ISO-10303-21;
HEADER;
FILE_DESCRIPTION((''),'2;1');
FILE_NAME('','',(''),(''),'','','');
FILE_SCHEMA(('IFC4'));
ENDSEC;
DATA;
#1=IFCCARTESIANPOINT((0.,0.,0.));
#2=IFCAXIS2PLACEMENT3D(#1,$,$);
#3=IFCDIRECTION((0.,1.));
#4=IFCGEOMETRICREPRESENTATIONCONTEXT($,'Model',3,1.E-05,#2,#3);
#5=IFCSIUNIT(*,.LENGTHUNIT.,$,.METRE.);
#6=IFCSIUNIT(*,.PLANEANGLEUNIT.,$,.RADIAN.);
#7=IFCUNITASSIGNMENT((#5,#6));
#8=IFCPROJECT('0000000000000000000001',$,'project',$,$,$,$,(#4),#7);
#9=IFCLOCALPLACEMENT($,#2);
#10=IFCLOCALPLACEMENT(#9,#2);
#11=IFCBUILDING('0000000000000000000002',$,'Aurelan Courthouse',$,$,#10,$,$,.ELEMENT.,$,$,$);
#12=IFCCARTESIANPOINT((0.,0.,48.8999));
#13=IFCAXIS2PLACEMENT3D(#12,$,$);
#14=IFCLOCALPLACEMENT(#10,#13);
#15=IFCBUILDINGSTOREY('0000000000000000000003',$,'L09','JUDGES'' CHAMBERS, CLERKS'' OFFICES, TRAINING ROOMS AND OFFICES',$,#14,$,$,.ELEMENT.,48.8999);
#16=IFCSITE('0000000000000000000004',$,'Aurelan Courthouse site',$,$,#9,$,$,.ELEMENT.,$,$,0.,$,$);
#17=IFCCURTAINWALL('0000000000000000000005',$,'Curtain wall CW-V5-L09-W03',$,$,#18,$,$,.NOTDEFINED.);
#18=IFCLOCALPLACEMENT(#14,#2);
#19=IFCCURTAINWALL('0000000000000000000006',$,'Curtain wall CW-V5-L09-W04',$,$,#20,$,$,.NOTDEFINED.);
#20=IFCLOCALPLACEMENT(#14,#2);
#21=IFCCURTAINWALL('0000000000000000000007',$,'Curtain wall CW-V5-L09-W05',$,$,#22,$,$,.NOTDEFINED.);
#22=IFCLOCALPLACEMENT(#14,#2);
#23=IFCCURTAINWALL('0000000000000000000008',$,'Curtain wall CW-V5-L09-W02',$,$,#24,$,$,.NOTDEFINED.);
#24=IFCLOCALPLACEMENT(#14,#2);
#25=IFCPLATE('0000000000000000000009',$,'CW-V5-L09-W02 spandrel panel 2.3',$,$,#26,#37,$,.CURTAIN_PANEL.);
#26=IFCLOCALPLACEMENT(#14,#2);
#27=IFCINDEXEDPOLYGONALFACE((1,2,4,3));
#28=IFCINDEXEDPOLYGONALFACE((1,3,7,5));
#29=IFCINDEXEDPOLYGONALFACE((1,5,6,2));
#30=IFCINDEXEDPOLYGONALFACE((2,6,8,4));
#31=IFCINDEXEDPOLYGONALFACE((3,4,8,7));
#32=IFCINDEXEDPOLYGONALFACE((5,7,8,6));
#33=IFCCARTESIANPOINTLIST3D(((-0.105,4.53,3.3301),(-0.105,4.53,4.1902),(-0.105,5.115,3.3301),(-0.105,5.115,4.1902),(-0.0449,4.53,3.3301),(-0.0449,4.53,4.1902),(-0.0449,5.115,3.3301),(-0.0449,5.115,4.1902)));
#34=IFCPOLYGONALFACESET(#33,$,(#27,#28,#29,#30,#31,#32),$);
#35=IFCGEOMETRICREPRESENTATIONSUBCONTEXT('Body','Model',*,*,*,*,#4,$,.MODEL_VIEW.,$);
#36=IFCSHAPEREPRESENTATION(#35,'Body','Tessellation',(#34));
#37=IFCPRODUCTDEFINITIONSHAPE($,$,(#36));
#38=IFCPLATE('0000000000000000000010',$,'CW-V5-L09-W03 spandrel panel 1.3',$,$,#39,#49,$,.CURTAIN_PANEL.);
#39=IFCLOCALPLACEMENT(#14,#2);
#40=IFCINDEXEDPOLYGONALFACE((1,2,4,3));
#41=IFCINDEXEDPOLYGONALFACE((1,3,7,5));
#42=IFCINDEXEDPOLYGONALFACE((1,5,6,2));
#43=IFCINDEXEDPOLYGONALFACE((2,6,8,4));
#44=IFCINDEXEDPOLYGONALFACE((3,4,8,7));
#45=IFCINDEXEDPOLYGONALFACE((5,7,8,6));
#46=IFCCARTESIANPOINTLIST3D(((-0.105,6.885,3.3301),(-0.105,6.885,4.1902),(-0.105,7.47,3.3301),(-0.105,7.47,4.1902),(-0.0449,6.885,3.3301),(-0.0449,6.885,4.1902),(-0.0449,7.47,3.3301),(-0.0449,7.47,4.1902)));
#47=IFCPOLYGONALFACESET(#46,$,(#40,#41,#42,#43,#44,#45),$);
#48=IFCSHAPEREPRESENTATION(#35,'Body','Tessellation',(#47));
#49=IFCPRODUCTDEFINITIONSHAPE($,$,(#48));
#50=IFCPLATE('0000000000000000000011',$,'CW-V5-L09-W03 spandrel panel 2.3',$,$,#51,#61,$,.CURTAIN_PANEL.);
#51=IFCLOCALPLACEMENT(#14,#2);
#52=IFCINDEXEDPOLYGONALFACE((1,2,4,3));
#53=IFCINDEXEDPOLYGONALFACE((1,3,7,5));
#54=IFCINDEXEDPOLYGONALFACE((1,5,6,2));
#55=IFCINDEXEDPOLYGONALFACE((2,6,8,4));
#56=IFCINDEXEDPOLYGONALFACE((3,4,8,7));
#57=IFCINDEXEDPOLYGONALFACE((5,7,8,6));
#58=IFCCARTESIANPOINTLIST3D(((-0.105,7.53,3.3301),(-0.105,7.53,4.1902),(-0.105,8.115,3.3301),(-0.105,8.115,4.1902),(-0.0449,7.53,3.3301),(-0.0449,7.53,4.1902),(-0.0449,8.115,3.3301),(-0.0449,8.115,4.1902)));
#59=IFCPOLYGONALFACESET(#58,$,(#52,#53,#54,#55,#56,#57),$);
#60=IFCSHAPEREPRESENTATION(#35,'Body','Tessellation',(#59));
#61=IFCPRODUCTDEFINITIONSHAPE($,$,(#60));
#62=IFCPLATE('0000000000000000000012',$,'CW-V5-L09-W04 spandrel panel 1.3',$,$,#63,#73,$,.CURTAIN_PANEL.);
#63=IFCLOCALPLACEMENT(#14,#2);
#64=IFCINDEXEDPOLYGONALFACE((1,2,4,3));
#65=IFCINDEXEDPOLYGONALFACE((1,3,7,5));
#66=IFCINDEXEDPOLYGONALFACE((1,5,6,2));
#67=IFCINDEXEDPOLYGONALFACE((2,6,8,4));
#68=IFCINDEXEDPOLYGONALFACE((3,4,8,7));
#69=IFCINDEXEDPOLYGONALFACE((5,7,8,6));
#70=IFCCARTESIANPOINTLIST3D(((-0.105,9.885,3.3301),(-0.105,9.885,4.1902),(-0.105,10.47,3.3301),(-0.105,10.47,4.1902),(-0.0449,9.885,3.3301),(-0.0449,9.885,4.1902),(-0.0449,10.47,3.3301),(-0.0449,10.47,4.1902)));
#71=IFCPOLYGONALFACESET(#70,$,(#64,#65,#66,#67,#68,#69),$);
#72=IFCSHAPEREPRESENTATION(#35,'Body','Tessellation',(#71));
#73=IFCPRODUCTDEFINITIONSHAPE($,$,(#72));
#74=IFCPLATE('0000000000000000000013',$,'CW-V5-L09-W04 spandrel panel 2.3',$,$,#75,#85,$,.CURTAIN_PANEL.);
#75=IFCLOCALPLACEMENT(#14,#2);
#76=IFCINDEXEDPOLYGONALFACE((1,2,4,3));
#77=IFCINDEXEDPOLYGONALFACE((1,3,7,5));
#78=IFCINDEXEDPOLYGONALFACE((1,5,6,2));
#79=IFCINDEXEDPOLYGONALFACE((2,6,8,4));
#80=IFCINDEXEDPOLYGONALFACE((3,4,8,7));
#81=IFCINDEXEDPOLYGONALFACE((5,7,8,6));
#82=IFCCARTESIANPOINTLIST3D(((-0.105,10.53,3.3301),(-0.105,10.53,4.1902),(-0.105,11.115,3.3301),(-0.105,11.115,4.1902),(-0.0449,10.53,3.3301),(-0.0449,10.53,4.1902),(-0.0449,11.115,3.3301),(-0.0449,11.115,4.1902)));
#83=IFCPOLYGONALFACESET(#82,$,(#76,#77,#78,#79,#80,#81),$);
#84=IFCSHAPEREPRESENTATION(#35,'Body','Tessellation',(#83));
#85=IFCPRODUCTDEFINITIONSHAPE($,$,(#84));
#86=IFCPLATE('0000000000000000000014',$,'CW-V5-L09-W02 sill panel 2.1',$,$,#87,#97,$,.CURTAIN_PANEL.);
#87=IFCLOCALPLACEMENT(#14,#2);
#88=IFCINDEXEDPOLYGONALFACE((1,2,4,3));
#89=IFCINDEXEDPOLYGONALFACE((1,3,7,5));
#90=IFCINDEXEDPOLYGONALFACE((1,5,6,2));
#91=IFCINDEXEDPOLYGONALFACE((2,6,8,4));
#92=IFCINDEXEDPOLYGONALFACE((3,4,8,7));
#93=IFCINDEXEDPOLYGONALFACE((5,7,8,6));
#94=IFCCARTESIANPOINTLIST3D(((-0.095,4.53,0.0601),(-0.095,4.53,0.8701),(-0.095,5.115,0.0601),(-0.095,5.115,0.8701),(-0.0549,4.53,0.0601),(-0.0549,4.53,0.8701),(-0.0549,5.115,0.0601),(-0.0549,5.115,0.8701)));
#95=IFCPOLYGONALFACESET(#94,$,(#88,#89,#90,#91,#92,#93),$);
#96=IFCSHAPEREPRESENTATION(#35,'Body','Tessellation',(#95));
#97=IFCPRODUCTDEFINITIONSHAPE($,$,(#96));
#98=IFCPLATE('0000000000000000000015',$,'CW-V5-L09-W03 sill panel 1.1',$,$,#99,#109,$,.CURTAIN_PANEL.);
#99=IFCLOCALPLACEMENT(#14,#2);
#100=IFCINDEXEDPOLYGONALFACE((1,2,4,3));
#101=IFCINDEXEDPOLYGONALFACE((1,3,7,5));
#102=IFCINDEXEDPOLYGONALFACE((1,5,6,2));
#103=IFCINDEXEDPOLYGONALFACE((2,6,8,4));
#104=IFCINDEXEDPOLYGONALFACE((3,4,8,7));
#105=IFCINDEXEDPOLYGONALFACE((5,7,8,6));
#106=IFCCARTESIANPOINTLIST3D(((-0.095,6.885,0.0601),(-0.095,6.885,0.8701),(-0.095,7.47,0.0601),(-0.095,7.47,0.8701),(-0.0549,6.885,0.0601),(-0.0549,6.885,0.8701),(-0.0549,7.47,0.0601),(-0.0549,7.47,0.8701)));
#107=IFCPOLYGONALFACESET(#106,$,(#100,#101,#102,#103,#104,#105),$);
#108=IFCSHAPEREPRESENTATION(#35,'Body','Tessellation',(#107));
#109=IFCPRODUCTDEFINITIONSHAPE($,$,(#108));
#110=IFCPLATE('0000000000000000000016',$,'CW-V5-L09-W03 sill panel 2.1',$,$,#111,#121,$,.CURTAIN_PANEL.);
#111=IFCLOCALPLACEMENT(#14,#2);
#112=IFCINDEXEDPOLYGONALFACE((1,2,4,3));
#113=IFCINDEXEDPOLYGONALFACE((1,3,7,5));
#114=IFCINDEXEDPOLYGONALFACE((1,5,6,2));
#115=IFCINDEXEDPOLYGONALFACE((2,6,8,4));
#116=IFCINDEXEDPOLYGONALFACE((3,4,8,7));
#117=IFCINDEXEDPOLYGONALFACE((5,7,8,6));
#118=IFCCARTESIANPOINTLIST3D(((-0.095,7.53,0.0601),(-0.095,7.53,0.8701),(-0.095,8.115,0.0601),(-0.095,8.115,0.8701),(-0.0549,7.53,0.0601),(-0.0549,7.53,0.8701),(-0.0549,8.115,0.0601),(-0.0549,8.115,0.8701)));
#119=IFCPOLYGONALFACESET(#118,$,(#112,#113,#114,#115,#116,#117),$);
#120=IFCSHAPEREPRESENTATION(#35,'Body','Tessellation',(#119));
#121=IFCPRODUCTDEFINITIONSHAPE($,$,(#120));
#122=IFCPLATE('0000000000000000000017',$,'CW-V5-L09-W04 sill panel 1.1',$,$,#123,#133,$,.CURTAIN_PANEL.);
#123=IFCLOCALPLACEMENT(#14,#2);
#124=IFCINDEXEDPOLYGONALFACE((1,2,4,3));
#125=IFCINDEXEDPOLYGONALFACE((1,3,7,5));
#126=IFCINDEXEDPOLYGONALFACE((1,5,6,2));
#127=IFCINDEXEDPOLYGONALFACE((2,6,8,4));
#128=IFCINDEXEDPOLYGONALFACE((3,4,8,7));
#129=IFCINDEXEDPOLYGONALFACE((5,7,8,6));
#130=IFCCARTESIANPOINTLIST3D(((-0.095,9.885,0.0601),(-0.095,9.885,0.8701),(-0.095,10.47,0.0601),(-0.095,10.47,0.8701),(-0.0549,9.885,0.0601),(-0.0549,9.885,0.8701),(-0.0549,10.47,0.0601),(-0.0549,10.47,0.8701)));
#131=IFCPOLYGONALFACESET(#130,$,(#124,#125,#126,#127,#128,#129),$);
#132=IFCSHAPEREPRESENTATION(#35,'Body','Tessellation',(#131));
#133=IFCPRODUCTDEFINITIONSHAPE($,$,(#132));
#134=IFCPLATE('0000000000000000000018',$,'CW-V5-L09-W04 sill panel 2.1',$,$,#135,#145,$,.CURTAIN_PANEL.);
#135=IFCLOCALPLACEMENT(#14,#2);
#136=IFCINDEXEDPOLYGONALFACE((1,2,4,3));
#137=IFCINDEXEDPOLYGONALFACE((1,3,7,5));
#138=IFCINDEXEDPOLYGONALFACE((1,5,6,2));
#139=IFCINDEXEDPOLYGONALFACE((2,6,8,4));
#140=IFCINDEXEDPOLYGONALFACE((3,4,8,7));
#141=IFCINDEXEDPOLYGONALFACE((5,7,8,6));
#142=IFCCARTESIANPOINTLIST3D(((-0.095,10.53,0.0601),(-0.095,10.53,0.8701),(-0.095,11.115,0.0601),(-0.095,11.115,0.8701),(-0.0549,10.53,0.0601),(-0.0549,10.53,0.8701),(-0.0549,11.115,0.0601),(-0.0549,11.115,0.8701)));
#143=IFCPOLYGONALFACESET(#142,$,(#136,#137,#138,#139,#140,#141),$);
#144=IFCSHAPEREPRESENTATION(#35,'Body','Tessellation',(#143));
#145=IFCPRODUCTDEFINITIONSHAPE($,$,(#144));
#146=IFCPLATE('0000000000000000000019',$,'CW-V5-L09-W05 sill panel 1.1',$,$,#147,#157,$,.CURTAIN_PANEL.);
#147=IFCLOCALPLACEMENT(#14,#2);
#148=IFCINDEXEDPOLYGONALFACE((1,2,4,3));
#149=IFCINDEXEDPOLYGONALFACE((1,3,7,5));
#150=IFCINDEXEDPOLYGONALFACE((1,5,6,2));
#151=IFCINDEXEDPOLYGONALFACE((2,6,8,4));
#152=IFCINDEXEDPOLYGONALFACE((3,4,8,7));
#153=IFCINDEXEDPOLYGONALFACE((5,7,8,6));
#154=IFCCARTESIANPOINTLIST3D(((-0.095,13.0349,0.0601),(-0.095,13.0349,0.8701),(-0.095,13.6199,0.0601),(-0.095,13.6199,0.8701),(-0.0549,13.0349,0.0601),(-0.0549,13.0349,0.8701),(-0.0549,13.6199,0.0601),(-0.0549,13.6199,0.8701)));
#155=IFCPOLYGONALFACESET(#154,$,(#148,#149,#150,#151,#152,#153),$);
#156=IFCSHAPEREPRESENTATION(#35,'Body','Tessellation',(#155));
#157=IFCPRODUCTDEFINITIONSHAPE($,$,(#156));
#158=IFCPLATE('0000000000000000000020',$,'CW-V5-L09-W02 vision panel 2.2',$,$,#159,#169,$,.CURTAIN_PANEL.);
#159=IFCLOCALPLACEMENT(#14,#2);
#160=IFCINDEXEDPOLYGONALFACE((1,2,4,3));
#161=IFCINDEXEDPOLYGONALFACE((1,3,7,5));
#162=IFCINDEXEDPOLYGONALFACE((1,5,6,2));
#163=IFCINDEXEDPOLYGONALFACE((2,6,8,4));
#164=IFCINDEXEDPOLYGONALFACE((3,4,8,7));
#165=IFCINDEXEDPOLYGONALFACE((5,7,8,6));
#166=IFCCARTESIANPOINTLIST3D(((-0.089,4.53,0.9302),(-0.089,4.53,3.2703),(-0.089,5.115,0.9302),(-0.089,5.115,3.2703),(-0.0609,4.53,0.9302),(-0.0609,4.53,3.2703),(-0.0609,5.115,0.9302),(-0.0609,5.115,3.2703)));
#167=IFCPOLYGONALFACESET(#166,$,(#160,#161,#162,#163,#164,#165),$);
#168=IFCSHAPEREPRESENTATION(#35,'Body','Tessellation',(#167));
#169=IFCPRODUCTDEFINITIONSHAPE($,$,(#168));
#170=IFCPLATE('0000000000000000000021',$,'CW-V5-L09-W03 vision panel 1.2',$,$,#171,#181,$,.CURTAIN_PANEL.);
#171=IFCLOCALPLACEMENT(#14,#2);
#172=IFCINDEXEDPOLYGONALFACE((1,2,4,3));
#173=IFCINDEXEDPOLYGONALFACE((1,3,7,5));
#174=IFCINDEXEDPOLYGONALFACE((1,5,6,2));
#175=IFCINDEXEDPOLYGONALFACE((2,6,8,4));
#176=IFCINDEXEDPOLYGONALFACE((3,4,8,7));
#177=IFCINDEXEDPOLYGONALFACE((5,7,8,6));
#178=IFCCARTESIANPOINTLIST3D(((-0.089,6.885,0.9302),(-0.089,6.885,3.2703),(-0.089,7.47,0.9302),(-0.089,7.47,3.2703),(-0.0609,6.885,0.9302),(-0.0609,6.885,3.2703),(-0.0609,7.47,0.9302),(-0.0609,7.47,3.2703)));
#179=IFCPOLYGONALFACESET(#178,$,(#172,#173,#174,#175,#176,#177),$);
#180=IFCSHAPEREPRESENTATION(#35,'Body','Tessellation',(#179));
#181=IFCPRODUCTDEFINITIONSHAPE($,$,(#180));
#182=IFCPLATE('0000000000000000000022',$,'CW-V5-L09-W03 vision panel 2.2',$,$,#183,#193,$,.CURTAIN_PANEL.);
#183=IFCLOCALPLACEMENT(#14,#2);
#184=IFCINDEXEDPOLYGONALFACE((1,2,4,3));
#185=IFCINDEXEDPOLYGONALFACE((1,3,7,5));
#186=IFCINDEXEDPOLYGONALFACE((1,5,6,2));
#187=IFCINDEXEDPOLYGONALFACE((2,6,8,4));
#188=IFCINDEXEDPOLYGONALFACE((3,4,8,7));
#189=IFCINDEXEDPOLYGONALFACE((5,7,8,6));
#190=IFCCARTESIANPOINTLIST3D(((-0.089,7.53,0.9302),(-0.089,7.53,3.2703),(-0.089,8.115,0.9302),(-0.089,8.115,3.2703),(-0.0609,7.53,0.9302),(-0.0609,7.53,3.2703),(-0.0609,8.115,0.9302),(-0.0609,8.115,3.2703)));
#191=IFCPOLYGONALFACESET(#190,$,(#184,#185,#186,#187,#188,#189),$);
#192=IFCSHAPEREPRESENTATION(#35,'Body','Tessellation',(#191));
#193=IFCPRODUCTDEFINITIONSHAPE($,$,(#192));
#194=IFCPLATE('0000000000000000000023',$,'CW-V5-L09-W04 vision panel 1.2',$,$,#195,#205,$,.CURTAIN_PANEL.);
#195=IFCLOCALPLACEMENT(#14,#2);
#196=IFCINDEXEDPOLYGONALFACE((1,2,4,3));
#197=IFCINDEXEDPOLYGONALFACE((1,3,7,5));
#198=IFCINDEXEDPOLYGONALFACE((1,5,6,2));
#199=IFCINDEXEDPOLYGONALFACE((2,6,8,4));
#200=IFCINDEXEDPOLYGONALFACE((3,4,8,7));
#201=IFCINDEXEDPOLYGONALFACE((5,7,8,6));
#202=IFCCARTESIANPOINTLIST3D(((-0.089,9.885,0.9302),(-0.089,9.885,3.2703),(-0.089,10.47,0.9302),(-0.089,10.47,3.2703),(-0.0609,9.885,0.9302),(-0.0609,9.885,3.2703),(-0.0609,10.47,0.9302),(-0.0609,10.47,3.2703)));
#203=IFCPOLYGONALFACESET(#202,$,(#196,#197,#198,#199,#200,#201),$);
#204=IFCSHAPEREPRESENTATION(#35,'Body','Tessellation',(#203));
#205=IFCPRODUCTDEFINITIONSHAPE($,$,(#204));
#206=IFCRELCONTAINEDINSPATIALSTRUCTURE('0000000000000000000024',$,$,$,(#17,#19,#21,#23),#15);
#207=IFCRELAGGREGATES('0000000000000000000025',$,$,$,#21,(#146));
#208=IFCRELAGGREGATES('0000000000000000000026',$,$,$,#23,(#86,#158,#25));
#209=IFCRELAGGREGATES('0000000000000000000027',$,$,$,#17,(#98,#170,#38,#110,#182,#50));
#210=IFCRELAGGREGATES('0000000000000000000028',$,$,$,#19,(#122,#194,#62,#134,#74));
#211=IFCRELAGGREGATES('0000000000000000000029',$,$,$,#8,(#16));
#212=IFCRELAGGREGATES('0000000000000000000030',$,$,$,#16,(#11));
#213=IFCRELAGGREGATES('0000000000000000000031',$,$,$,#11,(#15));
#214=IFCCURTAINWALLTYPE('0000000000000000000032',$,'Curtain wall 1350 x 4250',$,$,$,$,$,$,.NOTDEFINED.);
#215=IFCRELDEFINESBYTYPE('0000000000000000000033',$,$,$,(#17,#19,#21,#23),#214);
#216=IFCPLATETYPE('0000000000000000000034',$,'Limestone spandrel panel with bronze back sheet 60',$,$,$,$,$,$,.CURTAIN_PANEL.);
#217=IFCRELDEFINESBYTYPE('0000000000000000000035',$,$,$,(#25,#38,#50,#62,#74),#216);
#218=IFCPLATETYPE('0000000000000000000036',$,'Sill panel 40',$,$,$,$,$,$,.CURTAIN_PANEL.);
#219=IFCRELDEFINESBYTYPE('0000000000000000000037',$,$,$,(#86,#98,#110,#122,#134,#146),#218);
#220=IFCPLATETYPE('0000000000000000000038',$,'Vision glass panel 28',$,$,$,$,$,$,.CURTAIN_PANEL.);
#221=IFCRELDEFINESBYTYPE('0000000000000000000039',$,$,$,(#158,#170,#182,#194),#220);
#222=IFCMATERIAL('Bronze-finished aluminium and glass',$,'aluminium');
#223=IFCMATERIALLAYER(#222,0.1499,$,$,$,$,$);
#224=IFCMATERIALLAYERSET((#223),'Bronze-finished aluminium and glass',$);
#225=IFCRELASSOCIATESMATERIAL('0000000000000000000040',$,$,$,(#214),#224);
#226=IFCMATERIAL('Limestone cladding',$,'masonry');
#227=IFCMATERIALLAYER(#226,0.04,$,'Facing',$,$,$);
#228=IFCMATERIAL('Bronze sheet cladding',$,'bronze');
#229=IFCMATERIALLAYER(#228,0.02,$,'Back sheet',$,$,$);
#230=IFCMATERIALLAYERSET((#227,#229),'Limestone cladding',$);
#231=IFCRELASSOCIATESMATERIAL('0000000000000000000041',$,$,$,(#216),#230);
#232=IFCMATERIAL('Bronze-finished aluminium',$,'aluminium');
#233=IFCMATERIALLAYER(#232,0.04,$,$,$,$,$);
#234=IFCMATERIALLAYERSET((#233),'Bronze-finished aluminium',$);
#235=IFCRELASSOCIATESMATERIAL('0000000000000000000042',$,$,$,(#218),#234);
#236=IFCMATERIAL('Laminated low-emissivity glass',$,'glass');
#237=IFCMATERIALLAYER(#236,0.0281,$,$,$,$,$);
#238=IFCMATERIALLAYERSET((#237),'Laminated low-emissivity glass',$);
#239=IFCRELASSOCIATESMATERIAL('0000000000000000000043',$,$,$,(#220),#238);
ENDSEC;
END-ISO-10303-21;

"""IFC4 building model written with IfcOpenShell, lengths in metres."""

from ifc_helpers import new_model, si_unit, direction, frame, origin, origin_2d, place, context, subcontext, project, spatial, rectangle, extrude, material, layer, layer_set, type_object, element, aggregate, save


model = new_model("IFC4")

# Units and contexts
model_context = context("Model", 3, precision=1e-05, world=origin(), true_north=direction((0.0, 1.0)))
body_context = subcontext(model_context, "Body", "Model", "MODEL_VIEW")
ifc_project = project(units=[si_unit("LENGTHUNIT", "METRE"), si_unit("PLANEANGLEUNIT", "RADIAN")], contexts=[model_context])

# Site, building, storey
site_placement = place(None, origin())
site = spatial("IfcSite", under=ifc_project, at=site_placement, Name="Aurelan Courthouse site", CompositionType="ELEMENT", RefElevation=0.0)
building_placement = place(site_placement, origin())
building = spatial("IfcBuilding", under=site, at=building_placement, Name="Aurelan Courthouse", CompositionType="ELEMENT")
storey_placement = place(building_placement, frame((0.0, 0.0, 48.8999)))
storey = spatial("IfcBuildingStorey", under=building, at=storey_placement, Name="L09", Description="JUDGES' CHAMBERS, CLERKS' OFFICES, TRAINING ROOMS AND OFFICES", CompositionType="ELEMENT", Elevation=48.8999)

# Curtain walls
ifc_material_1 = material(Name="Bronze-finished aluminium and glass", Category="aluminium")
ifc_layer_1 = layer(ifc_material_1, 0.1499)
ifc_layer_set_1 = layer_set([ifc_layer_1], Name="Bronze-finished aluminium and glass")
curtain_wall_type = type_object("IfcCurtainWallType", Name="Curtain wall 1350 x 4250", PredefinedType="NOTDEFINED", material=ifc_layer_set_1)
curtain_wall_1_placement = place(storey_placement, origin())
curtain_wall_1 = element("IfcCurtainWall", 1, at=curtain_wall_1_placement, inside=storey, type_object=curtain_wall_type, Name="Curtain wall CW-V5-L09-W03", PredefinedType="NOTDEFINED")
ifc_material_2 = material(Name="Bronze-finished aluminium", Category="aluminium")
curtain_wall_2_placement = place(storey_placement, origin())
curtain_wall_2 = element("IfcCurtainWall", 2, at=curtain_wall_2_placement, inside=storey, type_object=curtain_wall_type, Name="Curtain wall CW-V5-L09-W04", PredefinedType="NOTDEFINED")
curtain_wall_3_placement = place(storey_placement, origin())
curtain_wall_3 = element("IfcCurtainWall", 3, at=curtain_wall_3_placement, inside=storey, type_object=curtain_wall_type, Name="Curtain wall CW-V5-L09-W05", PredefinedType="NOTDEFINED")

# Curtain wall, plate
curtain_wall_4_placement = place(storey_placement, origin())
curtain_wall_4 = element("IfcCurtainWall", 4, at=curtain_wall_4_placement, inside=storey, type_object=curtain_wall_type, Name="Curtain wall CW-V5-L09-W02", PredefinedType="NOTDEFINED")
ifc_material_3 = material(Name="Limestone cladding", Category="masonry")
ifc_layer_2 = layer(ifc_material_3, 0.04, Name="Facing")
ifc_material_4 = material(Name="Bronze sheet cladding", Category="bronze")
ifc_layer_3 = layer(ifc_material_4, 0.02, Name="Back sheet")
ifc_layer_set_2 = layer_set([ifc_layer_2, ifc_layer_3], Name="Limestone cladding")
plate_type_1 = type_object("IfcPlateType", Name="Limestone spandrel panel with bronze back sheet 60", PredefinedType="CURTAIN_PANEL", material=ifc_layer_set_2)
plate_1_placement = place(storey_placement, frame((-0.075, 4.8225, 3.3301), z_axis=(0.0, 0.0, 1.0), x_axis=(0.0, 1.0, 0.0)))
plate_1 = element("IfcPlate", 5, at=plate_1_placement, type_object=plate_type_1, Name="CW-V5-L09-W02 spandrel panel 2.3", PredefinedType="CURTAIN_PANEL", context=body_context, shape_type="SweptSolid", body=[
    extrude(rectangle(XDim=0.585, YDim=0.0601, at=origin_2d()), origin(), (0.0, 0.0, 1.0), 0.8601),
])

# Plates
plate_2_placement = place(storey_placement, frame((-0.075, 7.1775, 3.3301), z_axis=(0.0, 0.0, 1.0), x_axis=(0.0, 1.0, 0.0)))
plate_2 = element("IfcPlate", 6, at=plate_2_placement, type_object=plate_type_1, Name="CW-V5-L09-W03 spandrel panel 1.3", PredefinedType="CURTAIN_PANEL", context=body_context, shape_type="SweptSolid", body=[
    extrude(rectangle(XDim=0.585, YDim=0.0601, at=origin_2d()), origin(), (0.0, 0.0, 1.0), 0.8601),
])
plate_3_placement = place(storey_placement, frame((-0.075, 7.8225, 3.3301), z_axis=(0.0, 0.0, 1.0), x_axis=(0.0, 1.0, 0.0)))
plate_3 = element("IfcPlate", 7, at=plate_3_placement, type_object=plate_type_1, Name="CW-V5-L09-W03 spandrel panel 2.3", PredefinedType="CURTAIN_PANEL", context=body_context, shape_type="SweptSolid", body=[
    extrude(rectangle(XDim=0.585, YDim=0.0601, at=origin_2d()), origin(), (0.0, 0.0, 1.0), 0.8601),
])
plate_4_placement = place(storey_placement, frame((-0.075, 10.1775, 3.3301), z_axis=(0.0, 0.0, 1.0), x_axis=(0.0, 1.0, 0.0)))
plate_4 = element("IfcPlate", 8, at=plate_4_placement, type_object=plate_type_1, Name="CW-V5-L09-W04 spandrel panel 1.3", PredefinedType="CURTAIN_PANEL", context=body_context, shape_type="SweptSolid", body=[
    extrude(rectangle(XDim=0.585, YDim=0.0601, at=origin_2d()), origin(), (0.0, 0.0, 1.0), 0.8601),
])
plate_5_placement = place(storey_placement, frame((-0.075, 10.8225, 3.3301), z_axis=(0.0, 0.0, 1.0), x_axis=(0.0, 1.0, 0.0)))
plate_5 = element("IfcPlate", 9, at=plate_5_placement, type_object=plate_type_1, Name="CW-V5-L09-W04 spandrel panel 2.3", PredefinedType="CURTAIN_PANEL", context=body_context, shape_type="SweptSolid", body=[
    extrude(rectangle(XDim=0.585, YDim=0.0601, at=origin_2d()), origin(), (0.0, 0.0, 1.0), 0.8601),
])
ifc_layer_4 = layer(ifc_material_2, 0.04)
ifc_layer_set_3 = layer_set([ifc_layer_4], Name="Bronze-finished aluminium")
plate_type_2 = type_object("IfcPlateType", Name="Sill panel 40", PredefinedType="CURTAIN_PANEL", material=ifc_layer_set_3)
plate_6_placement = place(storey_placement, frame((-0.075, 4.8225, 0.0601), z_axis=(0.0, 0.0, 1.0), x_axis=(0.0, 1.0, 0.0)))
plate_6 = element("IfcPlate", 10, at=plate_6_placement, type_object=plate_type_2, Name="CW-V5-L09-W02 sill panel 2.1", PredefinedType="CURTAIN_PANEL", context=body_context, shape_type="SweptSolid", body=[
    extrude(rectangle(XDim=0.585, YDim=0.04, at=origin_2d()), origin(), (0.0, 0.0, 1.0), 0.8101),
])
plate_7_placement = place(storey_placement, frame((-0.075, 7.1775, 0.0601), z_axis=(0.0, 0.0, 1.0), x_axis=(0.0, 1.0, 0.0)))
plate_7 = element("IfcPlate", 11, at=plate_7_placement, type_object=plate_type_2, Name="CW-V5-L09-W03 sill panel 1.1", PredefinedType="CURTAIN_PANEL", context=body_context, shape_type="SweptSolid", body=[
    extrude(rectangle(XDim=0.585, YDim=0.04, at=origin_2d()), origin(), (0.0, 0.0, 1.0), 0.8101),
])
plate_8_placement = place(storey_placement, frame((-0.075, 7.8225, 0.0601), z_axis=(0.0, 0.0, 1.0), x_axis=(0.0, 1.0, 0.0)))
plate_8 = element("IfcPlate", 12, at=plate_8_placement, type_object=plate_type_2, Name="CW-V5-L09-W03 sill panel 2.1", PredefinedType="CURTAIN_PANEL", context=body_context, shape_type="SweptSolid", body=[
    extrude(rectangle(XDim=0.585, YDim=0.04, at=origin_2d()), origin(), (0.0, 0.0, 1.0), 0.8101),
])
plate_9_placement = place(storey_placement, frame((-0.075, 10.1775, 0.0601), z_axis=(0.0, 0.0, 1.0), x_axis=(0.0, 1.0, 0.0)))
plate_9 = element("IfcPlate", 13, at=plate_9_placement, type_object=plate_type_2, Name="CW-V5-L09-W04 sill panel 1.1", PredefinedType="CURTAIN_PANEL", context=body_context, shape_type="SweptSolid", body=[
    extrude(rectangle(XDim=0.585, YDim=0.04, at=origin_2d()), origin(), (0.0, 0.0, 1.0), 0.8101),
])
plate_10_placement = place(storey_placement, frame((-0.075, 10.8225, 0.0601), z_axis=(0.0, 0.0, 1.0), x_axis=(0.0, 1.0, 0.0)))
plate_10 = element("IfcPlate", 14, at=plate_10_placement, type_object=plate_type_2, Name="CW-V5-L09-W04 sill panel 2.1", PredefinedType="CURTAIN_PANEL", context=body_context, shape_type="SweptSolid", body=[
    extrude(rectangle(XDim=0.585, YDim=0.04, at=origin_2d()), origin(), (0.0, 0.0, 1.0), 0.8101),
])
plate_11_placement = place(storey_placement, frame((-0.075, 13.3274, 0.0601), z_axis=(0.0, 0.0, 1.0), x_axis=(0.0, 1.0, 0.0)))
plate_11 = element("IfcPlate", 15, at=plate_11_placement, type_object=plate_type_2, Name="CW-V5-L09-W05 sill panel 1.1", PredefinedType="CURTAIN_PANEL", context=body_context, shape_type="SweptSolid", body=[
    extrude(rectangle(XDim=0.585, YDim=0.04, at=origin_2d()), origin(), (0.0, 0.0, 1.0), 0.8101),
])
aggregate(curtain_wall_3, [plate_11])
ifc_material_5 = material(Name="Laminated low-emissivity glass", Category="glass")
ifc_layer_5 = layer(ifc_material_5, 0.0281)
ifc_layer_set_4 = layer_set([ifc_layer_5], Name="Laminated low-emissivity glass")
plate_type_3 = type_object("IfcPlateType", Name="Vision glass panel 28", PredefinedType="CURTAIN_PANEL", material=ifc_layer_set_4)
plate_12_placement = place(storey_placement, frame((-0.075, 4.8225, 0.9302), z_axis=(0.0, 0.0, 1.0), x_axis=(0.0, 1.0, 0.0)))
plate_12 = element("IfcPlate", 16, at=plate_12_placement, type_object=plate_type_3, Name="CW-V5-L09-W02 vision panel 2.2", PredefinedType="CURTAIN_PANEL", context=body_context, shape_type="SweptSolid", body=[
    extrude(rectangle(XDim=0.585, YDim=0.0281, at=origin_2d()), origin(), (0.0, 0.0, 1.0), 2.3401),
])
aggregate(curtain_wall_4, [plate_6, plate_12, plate_1])
plate_13_placement = place(storey_placement, frame((-0.075, 7.1775, 0.9302), z_axis=(0.0, 0.0, 1.0), x_axis=(0.0, 1.0, 0.0)))
plate_13 = element("IfcPlate", 17, at=plate_13_placement, type_object=plate_type_3, Name="CW-V5-L09-W03 vision panel 1.2", PredefinedType="CURTAIN_PANEL", context=body_context, shape_type="SweptSolid", body=[
    extrude(rectangle(XDim=0.585, YDim=0.0281, at=origin_2d()), origin(), (0.0, 0.0, 1.0), 2.3401),
])
plate_14_placement = place(storey_placement, frame((-0.075, 7.8225, 0.9302), z_axis=(0.0, 0.0, 1.0), x_axis=(0.0, 1.0, 0.0)))
plate_14 = element("IfcPlate", 18, at=plate_14_placement, type_object=plate_type_3, Name="CW-V5-L09-W03 vision panel 2.2", PredefinedType="CURTAIN_PANEL", context=body_context, shape_type="SweptSolid", body=[
    extrude(rectangle(XDim=0.585, YDim=0.0281, at=origin_2d()), origin(), (0.0, 0.0, 1.0), 2.3401),
])
aggregate(curtain_wall_1, [plate_7, plate_13, plate_2, plate_8, plate_14, plate_3])
plate_15_placement = place(storey_placement, frame((-0.075, 10.1775, 0.9302), z_axis=(0.0, 0.0, 1.0), x_axis=(0.0, 1.0, 0.0)))
plate_15 = element("IfcPlate", 19, at=plate_15_placement, type_object=plate_type_3, Name="CW-V5-L09-W04 vision panel 1.2", PredefinedType="CURTAIN_PANEL", context=body_context, shape_type="SweptSolid", body=[
    extrude(rectangle(XDim=0.585, YDim=0.0281, at=origin_2d()), origin(), (0.0, 0.0, 1.0), 2.3401),
])
aggregate(curtain_wall_2, [plate_9, plate_15, plate_4, plate_10, plate_5])

save(model, "model.ifc")
